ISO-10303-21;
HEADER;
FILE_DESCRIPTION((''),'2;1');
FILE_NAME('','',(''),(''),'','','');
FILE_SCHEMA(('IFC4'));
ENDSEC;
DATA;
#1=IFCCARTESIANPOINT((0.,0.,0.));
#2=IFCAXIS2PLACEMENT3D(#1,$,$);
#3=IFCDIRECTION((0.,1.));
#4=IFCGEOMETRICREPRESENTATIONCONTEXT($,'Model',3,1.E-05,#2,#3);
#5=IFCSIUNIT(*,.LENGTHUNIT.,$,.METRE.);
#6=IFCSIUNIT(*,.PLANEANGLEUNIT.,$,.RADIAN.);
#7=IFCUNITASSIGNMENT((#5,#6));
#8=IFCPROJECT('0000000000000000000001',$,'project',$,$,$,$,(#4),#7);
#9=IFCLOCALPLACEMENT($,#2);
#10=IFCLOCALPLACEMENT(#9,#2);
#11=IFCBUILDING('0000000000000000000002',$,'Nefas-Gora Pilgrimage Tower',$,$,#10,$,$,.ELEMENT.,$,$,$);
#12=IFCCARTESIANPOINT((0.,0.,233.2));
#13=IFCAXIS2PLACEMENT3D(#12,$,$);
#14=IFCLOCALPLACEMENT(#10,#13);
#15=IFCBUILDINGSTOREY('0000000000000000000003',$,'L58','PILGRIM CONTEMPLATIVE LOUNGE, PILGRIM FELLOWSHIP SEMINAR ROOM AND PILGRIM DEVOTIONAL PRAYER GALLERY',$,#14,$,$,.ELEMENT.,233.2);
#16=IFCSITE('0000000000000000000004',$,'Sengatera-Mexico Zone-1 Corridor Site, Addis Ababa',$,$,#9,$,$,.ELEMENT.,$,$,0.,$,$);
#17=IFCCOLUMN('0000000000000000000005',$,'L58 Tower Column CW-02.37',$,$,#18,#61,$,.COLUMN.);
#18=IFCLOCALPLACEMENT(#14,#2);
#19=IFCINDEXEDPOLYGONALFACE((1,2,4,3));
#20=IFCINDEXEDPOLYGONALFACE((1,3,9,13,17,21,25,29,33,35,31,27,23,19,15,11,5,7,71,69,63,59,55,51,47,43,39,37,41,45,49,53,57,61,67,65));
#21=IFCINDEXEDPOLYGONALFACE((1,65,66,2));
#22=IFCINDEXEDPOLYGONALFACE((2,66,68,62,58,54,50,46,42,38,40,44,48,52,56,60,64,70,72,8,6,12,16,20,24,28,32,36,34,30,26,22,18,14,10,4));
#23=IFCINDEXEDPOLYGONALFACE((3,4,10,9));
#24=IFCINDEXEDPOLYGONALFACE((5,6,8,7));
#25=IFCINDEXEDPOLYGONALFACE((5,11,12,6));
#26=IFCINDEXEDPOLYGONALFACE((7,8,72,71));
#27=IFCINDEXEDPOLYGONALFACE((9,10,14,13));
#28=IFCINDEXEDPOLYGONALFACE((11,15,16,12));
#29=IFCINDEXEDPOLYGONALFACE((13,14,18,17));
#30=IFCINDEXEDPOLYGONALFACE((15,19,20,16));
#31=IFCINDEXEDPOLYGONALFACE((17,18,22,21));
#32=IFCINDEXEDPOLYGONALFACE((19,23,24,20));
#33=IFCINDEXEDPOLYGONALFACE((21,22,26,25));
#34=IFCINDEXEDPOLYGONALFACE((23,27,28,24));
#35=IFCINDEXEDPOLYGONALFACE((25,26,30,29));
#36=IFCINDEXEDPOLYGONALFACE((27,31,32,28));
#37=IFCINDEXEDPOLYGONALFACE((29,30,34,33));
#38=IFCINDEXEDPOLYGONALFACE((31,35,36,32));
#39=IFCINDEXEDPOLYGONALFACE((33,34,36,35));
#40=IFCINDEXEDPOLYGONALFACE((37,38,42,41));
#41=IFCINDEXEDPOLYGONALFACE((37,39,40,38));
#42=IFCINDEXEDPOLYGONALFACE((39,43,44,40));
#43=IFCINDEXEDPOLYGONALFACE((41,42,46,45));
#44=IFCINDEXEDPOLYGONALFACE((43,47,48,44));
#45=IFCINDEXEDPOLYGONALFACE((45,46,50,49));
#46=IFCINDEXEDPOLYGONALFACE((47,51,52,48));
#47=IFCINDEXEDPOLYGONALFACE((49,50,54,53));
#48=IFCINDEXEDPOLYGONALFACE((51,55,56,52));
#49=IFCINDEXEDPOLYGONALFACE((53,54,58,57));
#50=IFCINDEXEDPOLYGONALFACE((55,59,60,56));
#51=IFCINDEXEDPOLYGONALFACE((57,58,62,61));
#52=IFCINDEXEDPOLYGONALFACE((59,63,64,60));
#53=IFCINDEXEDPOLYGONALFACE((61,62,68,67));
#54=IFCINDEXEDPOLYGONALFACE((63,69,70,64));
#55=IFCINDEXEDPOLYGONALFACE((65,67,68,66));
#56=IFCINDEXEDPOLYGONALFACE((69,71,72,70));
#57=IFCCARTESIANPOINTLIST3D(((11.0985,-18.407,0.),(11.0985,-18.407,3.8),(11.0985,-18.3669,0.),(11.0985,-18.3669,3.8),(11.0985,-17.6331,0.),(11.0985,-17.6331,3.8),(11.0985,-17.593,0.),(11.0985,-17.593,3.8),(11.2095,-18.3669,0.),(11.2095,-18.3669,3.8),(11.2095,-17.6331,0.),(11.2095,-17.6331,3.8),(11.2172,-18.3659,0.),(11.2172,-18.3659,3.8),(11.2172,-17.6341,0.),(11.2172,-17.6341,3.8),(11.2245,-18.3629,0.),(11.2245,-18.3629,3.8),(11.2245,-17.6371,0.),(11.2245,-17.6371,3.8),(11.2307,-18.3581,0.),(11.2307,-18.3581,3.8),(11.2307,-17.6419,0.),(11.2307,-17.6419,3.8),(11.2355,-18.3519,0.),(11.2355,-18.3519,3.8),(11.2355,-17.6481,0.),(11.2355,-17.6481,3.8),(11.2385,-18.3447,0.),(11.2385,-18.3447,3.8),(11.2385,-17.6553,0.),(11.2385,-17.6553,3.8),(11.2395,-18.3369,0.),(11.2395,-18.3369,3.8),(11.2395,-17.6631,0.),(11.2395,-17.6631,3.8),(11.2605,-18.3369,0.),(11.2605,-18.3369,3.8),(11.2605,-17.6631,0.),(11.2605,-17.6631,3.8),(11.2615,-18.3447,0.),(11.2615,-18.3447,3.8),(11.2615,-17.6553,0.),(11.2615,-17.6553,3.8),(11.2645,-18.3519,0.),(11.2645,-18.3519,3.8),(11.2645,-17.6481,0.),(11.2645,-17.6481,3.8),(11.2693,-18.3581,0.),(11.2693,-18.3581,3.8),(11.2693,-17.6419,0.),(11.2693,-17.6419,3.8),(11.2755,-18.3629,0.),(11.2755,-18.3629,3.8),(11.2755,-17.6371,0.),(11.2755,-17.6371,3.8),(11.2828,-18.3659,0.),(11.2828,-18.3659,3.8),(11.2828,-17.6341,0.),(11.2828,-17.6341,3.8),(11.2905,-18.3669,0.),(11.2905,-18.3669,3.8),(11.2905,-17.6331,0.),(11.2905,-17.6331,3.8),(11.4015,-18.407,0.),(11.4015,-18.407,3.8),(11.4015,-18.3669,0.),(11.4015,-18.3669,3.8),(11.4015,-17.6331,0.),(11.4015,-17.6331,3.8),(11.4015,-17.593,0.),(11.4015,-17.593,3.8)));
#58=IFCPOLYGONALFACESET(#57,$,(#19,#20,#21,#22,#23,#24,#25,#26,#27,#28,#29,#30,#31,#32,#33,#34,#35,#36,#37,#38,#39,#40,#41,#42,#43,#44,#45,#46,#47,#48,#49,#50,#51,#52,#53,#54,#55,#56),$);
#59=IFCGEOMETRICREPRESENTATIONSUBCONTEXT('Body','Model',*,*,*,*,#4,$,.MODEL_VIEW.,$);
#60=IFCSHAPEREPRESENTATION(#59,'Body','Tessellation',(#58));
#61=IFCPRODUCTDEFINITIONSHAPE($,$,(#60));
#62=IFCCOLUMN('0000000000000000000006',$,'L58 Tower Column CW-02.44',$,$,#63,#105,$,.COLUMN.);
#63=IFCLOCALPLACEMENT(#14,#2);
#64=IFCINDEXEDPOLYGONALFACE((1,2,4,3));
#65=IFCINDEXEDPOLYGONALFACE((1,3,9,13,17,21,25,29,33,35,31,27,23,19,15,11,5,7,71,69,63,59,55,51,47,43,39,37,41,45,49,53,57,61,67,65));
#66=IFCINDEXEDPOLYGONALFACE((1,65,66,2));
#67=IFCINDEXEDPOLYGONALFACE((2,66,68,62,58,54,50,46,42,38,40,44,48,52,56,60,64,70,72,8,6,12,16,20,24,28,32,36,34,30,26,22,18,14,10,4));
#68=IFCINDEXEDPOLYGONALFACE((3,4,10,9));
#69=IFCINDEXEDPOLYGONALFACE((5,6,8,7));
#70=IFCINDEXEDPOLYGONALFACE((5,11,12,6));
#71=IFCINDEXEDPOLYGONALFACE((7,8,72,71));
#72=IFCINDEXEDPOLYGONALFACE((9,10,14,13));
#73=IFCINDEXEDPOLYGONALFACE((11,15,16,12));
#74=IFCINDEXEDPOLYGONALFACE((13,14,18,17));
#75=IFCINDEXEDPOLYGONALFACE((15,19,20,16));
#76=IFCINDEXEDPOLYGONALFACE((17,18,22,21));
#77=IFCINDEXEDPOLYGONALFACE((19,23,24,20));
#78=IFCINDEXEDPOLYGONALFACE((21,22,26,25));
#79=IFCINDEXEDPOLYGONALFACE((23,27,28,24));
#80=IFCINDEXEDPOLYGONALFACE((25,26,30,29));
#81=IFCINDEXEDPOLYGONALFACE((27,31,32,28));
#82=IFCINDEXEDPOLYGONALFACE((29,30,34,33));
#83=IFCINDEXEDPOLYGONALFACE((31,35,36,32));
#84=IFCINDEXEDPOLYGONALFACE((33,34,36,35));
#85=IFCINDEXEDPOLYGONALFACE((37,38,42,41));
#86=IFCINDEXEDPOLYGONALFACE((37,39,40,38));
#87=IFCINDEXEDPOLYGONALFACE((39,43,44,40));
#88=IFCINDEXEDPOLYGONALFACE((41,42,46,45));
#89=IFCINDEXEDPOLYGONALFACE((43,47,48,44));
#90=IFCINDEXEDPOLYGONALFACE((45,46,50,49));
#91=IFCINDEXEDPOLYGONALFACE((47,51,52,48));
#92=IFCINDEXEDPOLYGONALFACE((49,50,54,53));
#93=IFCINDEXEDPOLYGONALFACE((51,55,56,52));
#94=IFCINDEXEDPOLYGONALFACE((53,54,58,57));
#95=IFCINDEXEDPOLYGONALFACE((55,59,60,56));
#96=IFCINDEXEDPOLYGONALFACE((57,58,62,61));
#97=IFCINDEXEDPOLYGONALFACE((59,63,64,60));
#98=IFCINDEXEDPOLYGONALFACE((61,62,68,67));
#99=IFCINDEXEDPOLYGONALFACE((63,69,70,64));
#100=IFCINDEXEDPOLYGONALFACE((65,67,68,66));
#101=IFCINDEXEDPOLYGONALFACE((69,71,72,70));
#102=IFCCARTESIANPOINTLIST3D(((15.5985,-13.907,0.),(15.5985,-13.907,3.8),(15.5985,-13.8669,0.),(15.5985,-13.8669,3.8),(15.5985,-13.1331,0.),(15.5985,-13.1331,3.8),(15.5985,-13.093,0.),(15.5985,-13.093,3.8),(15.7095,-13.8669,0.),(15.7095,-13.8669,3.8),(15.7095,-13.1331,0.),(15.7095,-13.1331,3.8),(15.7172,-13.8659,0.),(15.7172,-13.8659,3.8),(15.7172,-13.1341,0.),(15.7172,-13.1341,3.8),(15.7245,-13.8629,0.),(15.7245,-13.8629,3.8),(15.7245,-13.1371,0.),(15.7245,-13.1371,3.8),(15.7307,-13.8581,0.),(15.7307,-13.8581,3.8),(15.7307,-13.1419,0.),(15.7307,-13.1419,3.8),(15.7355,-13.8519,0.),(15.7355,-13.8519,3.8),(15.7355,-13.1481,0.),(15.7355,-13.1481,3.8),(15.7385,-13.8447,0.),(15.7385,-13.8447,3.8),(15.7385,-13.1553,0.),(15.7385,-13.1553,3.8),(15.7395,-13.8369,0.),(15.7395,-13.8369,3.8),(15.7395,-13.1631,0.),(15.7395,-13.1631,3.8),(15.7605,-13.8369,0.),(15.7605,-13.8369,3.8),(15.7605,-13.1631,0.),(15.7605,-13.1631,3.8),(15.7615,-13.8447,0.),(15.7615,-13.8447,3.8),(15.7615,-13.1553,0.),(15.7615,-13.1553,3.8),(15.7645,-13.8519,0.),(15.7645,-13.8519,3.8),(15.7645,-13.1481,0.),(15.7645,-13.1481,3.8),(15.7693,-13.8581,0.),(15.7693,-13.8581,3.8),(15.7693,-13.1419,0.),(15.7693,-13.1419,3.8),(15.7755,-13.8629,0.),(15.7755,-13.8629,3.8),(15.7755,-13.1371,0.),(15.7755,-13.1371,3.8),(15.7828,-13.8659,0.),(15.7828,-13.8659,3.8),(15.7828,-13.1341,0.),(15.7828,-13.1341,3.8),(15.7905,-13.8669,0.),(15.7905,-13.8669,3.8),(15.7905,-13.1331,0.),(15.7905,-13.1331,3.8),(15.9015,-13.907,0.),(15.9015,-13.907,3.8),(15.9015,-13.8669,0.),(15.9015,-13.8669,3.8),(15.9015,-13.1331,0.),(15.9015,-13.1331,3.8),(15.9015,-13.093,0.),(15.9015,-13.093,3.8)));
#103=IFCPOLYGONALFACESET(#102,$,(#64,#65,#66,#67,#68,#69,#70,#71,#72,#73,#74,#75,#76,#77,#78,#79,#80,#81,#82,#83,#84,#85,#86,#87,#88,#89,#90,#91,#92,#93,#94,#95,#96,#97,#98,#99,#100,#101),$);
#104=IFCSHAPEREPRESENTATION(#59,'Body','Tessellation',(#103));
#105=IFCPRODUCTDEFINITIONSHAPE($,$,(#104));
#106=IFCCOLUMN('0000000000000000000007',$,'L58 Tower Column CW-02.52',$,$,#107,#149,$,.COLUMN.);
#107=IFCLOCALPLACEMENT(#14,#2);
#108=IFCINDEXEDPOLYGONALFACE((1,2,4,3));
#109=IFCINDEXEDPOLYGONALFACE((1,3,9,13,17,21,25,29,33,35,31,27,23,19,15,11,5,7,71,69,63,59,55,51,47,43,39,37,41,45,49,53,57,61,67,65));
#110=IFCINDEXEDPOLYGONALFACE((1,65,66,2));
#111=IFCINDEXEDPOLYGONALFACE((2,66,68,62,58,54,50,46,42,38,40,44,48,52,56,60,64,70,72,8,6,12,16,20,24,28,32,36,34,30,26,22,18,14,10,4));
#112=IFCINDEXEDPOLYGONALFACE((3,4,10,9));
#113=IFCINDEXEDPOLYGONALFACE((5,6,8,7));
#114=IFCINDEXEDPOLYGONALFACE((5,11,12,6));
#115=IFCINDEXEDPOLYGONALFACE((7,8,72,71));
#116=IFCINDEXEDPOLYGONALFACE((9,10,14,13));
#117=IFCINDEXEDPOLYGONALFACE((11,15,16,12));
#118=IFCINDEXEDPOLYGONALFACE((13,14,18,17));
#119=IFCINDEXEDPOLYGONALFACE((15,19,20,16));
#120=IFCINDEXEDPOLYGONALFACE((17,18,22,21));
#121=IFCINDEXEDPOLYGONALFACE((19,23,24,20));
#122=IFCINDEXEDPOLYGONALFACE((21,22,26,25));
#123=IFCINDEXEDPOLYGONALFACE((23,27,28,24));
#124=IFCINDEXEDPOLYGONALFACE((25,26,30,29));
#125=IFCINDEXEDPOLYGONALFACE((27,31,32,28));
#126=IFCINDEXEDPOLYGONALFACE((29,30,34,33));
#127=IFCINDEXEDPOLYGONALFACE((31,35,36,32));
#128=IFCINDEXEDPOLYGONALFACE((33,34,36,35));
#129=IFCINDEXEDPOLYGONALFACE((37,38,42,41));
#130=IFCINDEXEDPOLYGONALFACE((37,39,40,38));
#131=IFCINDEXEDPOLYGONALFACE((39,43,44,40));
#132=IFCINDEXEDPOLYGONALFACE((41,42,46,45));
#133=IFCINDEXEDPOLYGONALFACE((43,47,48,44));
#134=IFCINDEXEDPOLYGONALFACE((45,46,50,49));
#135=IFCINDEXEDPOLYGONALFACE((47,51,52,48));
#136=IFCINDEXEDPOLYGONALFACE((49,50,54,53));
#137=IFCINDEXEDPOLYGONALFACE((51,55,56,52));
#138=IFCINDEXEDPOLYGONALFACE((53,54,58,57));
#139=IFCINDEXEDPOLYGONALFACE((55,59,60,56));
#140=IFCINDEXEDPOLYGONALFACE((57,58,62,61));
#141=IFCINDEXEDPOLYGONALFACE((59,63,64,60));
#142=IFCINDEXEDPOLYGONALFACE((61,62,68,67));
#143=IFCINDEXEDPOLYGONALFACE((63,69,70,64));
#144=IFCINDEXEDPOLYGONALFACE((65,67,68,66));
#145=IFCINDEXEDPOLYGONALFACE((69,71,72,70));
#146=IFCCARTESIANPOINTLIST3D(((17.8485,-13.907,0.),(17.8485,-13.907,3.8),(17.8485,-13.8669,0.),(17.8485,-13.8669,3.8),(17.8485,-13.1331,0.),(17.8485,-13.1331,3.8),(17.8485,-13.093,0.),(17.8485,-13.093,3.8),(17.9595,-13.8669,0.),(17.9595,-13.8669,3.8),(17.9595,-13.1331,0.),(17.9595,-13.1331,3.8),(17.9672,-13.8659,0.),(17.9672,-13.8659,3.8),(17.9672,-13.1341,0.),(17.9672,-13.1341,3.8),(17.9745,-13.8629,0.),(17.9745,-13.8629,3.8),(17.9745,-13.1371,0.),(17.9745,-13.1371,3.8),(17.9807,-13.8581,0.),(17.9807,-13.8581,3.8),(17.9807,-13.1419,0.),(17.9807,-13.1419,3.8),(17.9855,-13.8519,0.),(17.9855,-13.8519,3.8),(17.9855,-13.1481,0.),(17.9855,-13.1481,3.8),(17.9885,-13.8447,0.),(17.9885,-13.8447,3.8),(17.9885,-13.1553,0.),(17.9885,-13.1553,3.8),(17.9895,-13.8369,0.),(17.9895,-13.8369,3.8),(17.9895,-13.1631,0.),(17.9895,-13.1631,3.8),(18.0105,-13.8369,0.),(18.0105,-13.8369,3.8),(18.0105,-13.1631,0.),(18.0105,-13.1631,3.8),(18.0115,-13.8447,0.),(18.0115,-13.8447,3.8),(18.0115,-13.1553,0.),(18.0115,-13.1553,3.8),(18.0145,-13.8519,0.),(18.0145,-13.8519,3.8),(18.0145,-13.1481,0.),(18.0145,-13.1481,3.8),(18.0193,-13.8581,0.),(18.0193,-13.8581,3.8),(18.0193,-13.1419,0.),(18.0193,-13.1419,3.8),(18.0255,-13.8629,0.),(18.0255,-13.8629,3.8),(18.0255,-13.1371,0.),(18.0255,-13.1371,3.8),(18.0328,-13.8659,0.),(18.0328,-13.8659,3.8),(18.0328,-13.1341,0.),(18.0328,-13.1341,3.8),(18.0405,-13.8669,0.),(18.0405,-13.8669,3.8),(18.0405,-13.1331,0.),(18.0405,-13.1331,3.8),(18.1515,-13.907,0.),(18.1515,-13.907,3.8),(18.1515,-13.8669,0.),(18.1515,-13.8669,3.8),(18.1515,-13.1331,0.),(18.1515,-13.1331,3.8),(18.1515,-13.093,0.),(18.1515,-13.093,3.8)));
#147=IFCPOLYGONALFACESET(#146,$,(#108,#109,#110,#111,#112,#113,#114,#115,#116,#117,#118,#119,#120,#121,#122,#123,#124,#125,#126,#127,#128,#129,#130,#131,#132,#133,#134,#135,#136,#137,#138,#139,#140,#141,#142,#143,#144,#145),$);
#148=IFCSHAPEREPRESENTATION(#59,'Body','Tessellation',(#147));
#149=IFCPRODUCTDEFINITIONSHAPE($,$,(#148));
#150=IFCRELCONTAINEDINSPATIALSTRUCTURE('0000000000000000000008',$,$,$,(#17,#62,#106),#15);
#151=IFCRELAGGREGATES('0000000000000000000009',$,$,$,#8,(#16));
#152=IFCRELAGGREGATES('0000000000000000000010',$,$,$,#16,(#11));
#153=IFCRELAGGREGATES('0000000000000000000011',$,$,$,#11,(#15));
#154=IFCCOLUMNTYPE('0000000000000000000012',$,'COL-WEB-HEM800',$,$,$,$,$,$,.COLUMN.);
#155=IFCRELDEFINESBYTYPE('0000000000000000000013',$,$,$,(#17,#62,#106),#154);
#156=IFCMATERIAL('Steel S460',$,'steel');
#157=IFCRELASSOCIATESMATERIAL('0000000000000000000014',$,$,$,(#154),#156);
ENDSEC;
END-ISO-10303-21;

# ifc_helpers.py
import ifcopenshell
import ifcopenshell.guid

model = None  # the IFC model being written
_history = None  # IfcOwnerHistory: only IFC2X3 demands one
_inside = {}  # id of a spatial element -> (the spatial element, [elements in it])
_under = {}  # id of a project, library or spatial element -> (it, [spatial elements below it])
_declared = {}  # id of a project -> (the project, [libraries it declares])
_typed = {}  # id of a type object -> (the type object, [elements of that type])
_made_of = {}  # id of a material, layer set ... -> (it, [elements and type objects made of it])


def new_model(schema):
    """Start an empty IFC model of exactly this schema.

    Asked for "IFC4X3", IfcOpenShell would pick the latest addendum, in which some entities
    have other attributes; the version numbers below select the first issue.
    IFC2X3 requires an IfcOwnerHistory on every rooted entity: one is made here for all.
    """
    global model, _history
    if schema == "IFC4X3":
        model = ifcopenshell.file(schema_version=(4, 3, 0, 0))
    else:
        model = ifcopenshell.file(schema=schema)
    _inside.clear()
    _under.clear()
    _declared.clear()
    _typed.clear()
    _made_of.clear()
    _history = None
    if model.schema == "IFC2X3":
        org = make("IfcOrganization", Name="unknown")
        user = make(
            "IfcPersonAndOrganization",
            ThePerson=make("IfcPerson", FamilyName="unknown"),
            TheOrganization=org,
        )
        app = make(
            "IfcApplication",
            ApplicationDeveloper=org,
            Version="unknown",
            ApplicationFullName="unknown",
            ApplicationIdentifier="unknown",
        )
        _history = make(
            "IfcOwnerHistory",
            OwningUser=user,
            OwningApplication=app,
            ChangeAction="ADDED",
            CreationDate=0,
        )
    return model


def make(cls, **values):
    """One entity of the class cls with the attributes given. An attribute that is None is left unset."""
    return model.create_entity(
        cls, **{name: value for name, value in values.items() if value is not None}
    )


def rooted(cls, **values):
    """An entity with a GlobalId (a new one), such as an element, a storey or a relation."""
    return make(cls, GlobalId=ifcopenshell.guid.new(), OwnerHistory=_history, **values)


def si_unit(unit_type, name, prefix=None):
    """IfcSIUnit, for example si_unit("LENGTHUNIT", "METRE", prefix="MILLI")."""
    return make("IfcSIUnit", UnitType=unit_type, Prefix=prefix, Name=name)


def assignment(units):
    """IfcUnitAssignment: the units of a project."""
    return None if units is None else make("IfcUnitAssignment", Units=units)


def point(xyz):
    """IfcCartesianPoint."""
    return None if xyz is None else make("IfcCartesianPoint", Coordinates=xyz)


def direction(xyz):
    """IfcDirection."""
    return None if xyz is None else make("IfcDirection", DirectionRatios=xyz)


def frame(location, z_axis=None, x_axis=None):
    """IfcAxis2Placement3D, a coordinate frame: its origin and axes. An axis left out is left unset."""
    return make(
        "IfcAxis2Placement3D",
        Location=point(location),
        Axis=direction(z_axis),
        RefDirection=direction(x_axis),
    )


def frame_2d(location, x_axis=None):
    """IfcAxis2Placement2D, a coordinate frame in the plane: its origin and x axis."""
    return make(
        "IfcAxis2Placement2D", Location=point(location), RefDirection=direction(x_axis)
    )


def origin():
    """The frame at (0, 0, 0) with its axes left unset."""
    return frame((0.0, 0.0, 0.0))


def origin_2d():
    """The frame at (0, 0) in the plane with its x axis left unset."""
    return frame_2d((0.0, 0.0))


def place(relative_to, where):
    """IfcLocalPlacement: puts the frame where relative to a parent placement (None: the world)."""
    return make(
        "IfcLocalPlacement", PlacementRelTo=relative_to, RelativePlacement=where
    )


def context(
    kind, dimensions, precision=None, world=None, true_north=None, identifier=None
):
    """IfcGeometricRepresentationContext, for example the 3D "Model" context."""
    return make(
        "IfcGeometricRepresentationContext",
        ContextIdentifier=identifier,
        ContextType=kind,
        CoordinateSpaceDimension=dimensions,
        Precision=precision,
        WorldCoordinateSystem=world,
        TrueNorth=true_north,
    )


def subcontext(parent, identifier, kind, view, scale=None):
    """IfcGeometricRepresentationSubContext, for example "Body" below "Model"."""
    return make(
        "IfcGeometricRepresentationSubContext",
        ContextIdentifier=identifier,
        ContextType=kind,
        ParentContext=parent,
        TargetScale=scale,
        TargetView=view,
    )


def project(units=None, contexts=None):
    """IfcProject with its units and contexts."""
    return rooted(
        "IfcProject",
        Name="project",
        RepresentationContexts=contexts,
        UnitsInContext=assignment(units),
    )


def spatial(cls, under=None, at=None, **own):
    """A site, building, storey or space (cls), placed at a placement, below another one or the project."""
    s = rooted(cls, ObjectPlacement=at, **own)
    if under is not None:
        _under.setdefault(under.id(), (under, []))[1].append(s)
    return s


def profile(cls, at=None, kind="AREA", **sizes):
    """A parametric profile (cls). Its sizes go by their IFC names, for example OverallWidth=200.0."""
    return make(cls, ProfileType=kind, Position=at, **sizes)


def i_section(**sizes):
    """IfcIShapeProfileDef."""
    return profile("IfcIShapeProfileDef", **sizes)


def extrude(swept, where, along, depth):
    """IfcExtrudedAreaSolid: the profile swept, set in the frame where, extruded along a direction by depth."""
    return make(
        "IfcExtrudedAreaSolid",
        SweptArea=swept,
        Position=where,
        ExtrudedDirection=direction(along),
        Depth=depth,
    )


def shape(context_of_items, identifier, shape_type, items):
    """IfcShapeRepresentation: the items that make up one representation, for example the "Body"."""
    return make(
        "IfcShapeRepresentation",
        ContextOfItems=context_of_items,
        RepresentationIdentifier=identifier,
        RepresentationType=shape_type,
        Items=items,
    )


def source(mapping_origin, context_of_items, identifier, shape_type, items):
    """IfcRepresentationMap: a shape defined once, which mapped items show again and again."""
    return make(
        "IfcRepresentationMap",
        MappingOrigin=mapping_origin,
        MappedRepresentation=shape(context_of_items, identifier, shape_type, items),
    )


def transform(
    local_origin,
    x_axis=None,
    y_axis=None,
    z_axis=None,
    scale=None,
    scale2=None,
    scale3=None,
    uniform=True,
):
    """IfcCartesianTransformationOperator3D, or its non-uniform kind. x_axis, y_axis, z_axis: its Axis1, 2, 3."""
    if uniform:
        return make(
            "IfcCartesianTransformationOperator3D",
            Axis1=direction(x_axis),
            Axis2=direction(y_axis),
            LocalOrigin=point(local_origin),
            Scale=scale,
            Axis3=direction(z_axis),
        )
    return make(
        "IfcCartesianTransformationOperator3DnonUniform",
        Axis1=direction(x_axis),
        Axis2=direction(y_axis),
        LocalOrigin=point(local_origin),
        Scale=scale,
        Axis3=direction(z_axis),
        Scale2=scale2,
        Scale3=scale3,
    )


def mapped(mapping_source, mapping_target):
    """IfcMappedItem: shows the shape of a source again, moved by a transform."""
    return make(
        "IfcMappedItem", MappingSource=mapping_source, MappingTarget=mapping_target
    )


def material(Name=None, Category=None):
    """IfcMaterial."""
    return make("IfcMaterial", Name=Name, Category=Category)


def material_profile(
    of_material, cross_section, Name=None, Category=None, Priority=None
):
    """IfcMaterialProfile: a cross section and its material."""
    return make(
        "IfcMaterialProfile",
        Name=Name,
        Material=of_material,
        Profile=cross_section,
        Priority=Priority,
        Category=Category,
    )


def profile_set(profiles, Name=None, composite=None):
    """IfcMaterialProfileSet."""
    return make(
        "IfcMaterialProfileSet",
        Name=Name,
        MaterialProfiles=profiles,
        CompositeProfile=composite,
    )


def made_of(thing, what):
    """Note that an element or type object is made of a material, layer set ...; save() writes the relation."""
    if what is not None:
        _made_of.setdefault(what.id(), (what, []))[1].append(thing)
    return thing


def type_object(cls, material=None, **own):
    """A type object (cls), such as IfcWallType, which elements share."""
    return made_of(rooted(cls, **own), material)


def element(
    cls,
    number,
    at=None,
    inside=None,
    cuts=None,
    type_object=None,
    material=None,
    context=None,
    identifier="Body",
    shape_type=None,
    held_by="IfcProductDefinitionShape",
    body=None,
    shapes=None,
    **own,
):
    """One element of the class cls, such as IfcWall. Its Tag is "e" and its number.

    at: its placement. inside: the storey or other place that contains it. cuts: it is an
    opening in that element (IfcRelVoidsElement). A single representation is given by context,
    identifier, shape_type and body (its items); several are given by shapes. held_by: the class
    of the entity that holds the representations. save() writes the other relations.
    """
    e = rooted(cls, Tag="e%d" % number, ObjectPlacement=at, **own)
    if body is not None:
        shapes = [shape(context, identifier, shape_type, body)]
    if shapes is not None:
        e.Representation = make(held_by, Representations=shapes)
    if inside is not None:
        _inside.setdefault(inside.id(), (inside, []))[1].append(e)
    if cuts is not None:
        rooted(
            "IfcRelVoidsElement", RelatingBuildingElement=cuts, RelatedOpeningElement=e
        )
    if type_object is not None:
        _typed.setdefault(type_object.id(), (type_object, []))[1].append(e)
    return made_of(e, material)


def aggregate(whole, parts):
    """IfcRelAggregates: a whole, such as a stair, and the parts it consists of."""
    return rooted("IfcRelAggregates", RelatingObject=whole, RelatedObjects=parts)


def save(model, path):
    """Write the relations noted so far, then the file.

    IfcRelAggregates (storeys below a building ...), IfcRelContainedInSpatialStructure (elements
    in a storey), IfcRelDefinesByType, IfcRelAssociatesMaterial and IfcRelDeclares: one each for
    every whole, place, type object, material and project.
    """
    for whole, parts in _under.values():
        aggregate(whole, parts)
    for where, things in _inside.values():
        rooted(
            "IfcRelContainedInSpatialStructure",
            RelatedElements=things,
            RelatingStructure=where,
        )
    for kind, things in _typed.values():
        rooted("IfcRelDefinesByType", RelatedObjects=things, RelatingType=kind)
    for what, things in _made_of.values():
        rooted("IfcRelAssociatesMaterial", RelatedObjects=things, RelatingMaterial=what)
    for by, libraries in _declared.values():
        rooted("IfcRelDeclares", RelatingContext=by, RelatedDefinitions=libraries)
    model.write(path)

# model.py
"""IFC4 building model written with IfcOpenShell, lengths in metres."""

from ifc_helpers import new_model, si_unit, direction, frame, origin, origin_2d, place, context, subcontext, project, spatial, i_section, extrude, source, transform, mapped, material, material_profile, profile_set, type_object, element, save


model = new_model("IFC4")

# Units and contexts
model_context = context("Model", 3, precision=1e-05, world=origin(), true_north=direction((0.0, 1.0)))
body_context = subcontext(model_context, "Body", "Model", "MODEL_VIEW")
ifc_project = project(units=[si_unit("LENGTHUNIT", "METRE"), si_unit("PLANEANGLEUNIT", "RADIAN")], contexts=[model_context])

# Site, building, storey
site_placement = place(None, origin())
site = spatial("IfcSite", under=ifc_project, at=site_placement, Name="Sengatera-Mexico Zone-1 Corridor Site, Addis Ababa", CompositionType="ELEMENT", RefElevation=0.0)
building_placement = place(site_placement, origin())
building = spatial("IfcBuilding", under=site, at=building_placement, Name="Nefas-Gora Pilgrimage Tower", CompositionType="ELEMENT")
storey_placement = place(building_placement, frame((0.0, 0.0, 233.2)))
storey = spatial("IfcBuildingStorey", under=building, at=storey_placement, Name="L58", Description="PILGRIM CONTEMPLATIVE LOUNGE, PILGRIM FELLOWSHIP SEMINAR ROOM AND PILGRIM DEVOTIONAL PRAYER GALLERY", CompositionType="ELEMENT", Elevation=233.2)

# Columns
ifc_material_1 = material(Name="Steel S460", Category="steel")
ifc_material_profile_1 = material_profile(ifc_material_1, i_section(OverallWidth=0.303, OverallDepth=0.814, WebThickness=0.021, FlangeThickness=0.04, FilletRadius=0.03, at=origin_2d()), Name="HEM 800")
ifc_profile_set_1 = profile_set([ifc_material_profile_1], Name="Steel S460")
column_type_1 = type_object("IfcColumnType", Name="COL-WEB-HEM800", PredefinedType="COLUMN", material=ifc_profile_set_1)
shared_shape_1 = source(origin(), body_context, "Body", "SweptSolid", [
    extrude(i_section(OverallWidth=0.303, OverallDepth=0.814, WebThickness=0.021, FlangeThickness=0.04, FilletRadius=0.03, at=origin_2d()), origin(), (0.0, 0.0, 1.0), 3.8),
])
for number, where, z_axis, x_axis, name in (
    (1, (11.25, -18.0, 0.0), (0.0, 0.0, 1.0), (1.0, 0.0, 0.0), "L58 Tower Column CW-02.37"),
    (2, (15.75, -13.5, 0.0), (0.0, 0.0, 1.0), (1.0, 0.0, 0.0), "L58 Tower Column CW-02.44"),
    (3, (18.0, -13.5, 0.0), (0.0, 0.0, 1.0), (1.0, 0.0, 0.0), "L58 Tower Column CW-02.52"),
):
    element("IfcColumn", number, at=place(storey_placement, frame(where, z_axis=z_axis, x_axis=x_axis)), inside=storey, type_object=column_type_1, Name=name, PredefinedType="COLUMN", context=body_context, shape_type="MappedRepresentation", body=[
        mapped(shared_shape_1, transform((0.0, 0.0, 0.0), x_axis=(1.0, 0.0, 0.0), y_axis=(0.0, 1.0, 0.0), z_axis=(0.0, 0.0, 1.0), scale=1.0)),
    ])

save(model, "model.ifc")
